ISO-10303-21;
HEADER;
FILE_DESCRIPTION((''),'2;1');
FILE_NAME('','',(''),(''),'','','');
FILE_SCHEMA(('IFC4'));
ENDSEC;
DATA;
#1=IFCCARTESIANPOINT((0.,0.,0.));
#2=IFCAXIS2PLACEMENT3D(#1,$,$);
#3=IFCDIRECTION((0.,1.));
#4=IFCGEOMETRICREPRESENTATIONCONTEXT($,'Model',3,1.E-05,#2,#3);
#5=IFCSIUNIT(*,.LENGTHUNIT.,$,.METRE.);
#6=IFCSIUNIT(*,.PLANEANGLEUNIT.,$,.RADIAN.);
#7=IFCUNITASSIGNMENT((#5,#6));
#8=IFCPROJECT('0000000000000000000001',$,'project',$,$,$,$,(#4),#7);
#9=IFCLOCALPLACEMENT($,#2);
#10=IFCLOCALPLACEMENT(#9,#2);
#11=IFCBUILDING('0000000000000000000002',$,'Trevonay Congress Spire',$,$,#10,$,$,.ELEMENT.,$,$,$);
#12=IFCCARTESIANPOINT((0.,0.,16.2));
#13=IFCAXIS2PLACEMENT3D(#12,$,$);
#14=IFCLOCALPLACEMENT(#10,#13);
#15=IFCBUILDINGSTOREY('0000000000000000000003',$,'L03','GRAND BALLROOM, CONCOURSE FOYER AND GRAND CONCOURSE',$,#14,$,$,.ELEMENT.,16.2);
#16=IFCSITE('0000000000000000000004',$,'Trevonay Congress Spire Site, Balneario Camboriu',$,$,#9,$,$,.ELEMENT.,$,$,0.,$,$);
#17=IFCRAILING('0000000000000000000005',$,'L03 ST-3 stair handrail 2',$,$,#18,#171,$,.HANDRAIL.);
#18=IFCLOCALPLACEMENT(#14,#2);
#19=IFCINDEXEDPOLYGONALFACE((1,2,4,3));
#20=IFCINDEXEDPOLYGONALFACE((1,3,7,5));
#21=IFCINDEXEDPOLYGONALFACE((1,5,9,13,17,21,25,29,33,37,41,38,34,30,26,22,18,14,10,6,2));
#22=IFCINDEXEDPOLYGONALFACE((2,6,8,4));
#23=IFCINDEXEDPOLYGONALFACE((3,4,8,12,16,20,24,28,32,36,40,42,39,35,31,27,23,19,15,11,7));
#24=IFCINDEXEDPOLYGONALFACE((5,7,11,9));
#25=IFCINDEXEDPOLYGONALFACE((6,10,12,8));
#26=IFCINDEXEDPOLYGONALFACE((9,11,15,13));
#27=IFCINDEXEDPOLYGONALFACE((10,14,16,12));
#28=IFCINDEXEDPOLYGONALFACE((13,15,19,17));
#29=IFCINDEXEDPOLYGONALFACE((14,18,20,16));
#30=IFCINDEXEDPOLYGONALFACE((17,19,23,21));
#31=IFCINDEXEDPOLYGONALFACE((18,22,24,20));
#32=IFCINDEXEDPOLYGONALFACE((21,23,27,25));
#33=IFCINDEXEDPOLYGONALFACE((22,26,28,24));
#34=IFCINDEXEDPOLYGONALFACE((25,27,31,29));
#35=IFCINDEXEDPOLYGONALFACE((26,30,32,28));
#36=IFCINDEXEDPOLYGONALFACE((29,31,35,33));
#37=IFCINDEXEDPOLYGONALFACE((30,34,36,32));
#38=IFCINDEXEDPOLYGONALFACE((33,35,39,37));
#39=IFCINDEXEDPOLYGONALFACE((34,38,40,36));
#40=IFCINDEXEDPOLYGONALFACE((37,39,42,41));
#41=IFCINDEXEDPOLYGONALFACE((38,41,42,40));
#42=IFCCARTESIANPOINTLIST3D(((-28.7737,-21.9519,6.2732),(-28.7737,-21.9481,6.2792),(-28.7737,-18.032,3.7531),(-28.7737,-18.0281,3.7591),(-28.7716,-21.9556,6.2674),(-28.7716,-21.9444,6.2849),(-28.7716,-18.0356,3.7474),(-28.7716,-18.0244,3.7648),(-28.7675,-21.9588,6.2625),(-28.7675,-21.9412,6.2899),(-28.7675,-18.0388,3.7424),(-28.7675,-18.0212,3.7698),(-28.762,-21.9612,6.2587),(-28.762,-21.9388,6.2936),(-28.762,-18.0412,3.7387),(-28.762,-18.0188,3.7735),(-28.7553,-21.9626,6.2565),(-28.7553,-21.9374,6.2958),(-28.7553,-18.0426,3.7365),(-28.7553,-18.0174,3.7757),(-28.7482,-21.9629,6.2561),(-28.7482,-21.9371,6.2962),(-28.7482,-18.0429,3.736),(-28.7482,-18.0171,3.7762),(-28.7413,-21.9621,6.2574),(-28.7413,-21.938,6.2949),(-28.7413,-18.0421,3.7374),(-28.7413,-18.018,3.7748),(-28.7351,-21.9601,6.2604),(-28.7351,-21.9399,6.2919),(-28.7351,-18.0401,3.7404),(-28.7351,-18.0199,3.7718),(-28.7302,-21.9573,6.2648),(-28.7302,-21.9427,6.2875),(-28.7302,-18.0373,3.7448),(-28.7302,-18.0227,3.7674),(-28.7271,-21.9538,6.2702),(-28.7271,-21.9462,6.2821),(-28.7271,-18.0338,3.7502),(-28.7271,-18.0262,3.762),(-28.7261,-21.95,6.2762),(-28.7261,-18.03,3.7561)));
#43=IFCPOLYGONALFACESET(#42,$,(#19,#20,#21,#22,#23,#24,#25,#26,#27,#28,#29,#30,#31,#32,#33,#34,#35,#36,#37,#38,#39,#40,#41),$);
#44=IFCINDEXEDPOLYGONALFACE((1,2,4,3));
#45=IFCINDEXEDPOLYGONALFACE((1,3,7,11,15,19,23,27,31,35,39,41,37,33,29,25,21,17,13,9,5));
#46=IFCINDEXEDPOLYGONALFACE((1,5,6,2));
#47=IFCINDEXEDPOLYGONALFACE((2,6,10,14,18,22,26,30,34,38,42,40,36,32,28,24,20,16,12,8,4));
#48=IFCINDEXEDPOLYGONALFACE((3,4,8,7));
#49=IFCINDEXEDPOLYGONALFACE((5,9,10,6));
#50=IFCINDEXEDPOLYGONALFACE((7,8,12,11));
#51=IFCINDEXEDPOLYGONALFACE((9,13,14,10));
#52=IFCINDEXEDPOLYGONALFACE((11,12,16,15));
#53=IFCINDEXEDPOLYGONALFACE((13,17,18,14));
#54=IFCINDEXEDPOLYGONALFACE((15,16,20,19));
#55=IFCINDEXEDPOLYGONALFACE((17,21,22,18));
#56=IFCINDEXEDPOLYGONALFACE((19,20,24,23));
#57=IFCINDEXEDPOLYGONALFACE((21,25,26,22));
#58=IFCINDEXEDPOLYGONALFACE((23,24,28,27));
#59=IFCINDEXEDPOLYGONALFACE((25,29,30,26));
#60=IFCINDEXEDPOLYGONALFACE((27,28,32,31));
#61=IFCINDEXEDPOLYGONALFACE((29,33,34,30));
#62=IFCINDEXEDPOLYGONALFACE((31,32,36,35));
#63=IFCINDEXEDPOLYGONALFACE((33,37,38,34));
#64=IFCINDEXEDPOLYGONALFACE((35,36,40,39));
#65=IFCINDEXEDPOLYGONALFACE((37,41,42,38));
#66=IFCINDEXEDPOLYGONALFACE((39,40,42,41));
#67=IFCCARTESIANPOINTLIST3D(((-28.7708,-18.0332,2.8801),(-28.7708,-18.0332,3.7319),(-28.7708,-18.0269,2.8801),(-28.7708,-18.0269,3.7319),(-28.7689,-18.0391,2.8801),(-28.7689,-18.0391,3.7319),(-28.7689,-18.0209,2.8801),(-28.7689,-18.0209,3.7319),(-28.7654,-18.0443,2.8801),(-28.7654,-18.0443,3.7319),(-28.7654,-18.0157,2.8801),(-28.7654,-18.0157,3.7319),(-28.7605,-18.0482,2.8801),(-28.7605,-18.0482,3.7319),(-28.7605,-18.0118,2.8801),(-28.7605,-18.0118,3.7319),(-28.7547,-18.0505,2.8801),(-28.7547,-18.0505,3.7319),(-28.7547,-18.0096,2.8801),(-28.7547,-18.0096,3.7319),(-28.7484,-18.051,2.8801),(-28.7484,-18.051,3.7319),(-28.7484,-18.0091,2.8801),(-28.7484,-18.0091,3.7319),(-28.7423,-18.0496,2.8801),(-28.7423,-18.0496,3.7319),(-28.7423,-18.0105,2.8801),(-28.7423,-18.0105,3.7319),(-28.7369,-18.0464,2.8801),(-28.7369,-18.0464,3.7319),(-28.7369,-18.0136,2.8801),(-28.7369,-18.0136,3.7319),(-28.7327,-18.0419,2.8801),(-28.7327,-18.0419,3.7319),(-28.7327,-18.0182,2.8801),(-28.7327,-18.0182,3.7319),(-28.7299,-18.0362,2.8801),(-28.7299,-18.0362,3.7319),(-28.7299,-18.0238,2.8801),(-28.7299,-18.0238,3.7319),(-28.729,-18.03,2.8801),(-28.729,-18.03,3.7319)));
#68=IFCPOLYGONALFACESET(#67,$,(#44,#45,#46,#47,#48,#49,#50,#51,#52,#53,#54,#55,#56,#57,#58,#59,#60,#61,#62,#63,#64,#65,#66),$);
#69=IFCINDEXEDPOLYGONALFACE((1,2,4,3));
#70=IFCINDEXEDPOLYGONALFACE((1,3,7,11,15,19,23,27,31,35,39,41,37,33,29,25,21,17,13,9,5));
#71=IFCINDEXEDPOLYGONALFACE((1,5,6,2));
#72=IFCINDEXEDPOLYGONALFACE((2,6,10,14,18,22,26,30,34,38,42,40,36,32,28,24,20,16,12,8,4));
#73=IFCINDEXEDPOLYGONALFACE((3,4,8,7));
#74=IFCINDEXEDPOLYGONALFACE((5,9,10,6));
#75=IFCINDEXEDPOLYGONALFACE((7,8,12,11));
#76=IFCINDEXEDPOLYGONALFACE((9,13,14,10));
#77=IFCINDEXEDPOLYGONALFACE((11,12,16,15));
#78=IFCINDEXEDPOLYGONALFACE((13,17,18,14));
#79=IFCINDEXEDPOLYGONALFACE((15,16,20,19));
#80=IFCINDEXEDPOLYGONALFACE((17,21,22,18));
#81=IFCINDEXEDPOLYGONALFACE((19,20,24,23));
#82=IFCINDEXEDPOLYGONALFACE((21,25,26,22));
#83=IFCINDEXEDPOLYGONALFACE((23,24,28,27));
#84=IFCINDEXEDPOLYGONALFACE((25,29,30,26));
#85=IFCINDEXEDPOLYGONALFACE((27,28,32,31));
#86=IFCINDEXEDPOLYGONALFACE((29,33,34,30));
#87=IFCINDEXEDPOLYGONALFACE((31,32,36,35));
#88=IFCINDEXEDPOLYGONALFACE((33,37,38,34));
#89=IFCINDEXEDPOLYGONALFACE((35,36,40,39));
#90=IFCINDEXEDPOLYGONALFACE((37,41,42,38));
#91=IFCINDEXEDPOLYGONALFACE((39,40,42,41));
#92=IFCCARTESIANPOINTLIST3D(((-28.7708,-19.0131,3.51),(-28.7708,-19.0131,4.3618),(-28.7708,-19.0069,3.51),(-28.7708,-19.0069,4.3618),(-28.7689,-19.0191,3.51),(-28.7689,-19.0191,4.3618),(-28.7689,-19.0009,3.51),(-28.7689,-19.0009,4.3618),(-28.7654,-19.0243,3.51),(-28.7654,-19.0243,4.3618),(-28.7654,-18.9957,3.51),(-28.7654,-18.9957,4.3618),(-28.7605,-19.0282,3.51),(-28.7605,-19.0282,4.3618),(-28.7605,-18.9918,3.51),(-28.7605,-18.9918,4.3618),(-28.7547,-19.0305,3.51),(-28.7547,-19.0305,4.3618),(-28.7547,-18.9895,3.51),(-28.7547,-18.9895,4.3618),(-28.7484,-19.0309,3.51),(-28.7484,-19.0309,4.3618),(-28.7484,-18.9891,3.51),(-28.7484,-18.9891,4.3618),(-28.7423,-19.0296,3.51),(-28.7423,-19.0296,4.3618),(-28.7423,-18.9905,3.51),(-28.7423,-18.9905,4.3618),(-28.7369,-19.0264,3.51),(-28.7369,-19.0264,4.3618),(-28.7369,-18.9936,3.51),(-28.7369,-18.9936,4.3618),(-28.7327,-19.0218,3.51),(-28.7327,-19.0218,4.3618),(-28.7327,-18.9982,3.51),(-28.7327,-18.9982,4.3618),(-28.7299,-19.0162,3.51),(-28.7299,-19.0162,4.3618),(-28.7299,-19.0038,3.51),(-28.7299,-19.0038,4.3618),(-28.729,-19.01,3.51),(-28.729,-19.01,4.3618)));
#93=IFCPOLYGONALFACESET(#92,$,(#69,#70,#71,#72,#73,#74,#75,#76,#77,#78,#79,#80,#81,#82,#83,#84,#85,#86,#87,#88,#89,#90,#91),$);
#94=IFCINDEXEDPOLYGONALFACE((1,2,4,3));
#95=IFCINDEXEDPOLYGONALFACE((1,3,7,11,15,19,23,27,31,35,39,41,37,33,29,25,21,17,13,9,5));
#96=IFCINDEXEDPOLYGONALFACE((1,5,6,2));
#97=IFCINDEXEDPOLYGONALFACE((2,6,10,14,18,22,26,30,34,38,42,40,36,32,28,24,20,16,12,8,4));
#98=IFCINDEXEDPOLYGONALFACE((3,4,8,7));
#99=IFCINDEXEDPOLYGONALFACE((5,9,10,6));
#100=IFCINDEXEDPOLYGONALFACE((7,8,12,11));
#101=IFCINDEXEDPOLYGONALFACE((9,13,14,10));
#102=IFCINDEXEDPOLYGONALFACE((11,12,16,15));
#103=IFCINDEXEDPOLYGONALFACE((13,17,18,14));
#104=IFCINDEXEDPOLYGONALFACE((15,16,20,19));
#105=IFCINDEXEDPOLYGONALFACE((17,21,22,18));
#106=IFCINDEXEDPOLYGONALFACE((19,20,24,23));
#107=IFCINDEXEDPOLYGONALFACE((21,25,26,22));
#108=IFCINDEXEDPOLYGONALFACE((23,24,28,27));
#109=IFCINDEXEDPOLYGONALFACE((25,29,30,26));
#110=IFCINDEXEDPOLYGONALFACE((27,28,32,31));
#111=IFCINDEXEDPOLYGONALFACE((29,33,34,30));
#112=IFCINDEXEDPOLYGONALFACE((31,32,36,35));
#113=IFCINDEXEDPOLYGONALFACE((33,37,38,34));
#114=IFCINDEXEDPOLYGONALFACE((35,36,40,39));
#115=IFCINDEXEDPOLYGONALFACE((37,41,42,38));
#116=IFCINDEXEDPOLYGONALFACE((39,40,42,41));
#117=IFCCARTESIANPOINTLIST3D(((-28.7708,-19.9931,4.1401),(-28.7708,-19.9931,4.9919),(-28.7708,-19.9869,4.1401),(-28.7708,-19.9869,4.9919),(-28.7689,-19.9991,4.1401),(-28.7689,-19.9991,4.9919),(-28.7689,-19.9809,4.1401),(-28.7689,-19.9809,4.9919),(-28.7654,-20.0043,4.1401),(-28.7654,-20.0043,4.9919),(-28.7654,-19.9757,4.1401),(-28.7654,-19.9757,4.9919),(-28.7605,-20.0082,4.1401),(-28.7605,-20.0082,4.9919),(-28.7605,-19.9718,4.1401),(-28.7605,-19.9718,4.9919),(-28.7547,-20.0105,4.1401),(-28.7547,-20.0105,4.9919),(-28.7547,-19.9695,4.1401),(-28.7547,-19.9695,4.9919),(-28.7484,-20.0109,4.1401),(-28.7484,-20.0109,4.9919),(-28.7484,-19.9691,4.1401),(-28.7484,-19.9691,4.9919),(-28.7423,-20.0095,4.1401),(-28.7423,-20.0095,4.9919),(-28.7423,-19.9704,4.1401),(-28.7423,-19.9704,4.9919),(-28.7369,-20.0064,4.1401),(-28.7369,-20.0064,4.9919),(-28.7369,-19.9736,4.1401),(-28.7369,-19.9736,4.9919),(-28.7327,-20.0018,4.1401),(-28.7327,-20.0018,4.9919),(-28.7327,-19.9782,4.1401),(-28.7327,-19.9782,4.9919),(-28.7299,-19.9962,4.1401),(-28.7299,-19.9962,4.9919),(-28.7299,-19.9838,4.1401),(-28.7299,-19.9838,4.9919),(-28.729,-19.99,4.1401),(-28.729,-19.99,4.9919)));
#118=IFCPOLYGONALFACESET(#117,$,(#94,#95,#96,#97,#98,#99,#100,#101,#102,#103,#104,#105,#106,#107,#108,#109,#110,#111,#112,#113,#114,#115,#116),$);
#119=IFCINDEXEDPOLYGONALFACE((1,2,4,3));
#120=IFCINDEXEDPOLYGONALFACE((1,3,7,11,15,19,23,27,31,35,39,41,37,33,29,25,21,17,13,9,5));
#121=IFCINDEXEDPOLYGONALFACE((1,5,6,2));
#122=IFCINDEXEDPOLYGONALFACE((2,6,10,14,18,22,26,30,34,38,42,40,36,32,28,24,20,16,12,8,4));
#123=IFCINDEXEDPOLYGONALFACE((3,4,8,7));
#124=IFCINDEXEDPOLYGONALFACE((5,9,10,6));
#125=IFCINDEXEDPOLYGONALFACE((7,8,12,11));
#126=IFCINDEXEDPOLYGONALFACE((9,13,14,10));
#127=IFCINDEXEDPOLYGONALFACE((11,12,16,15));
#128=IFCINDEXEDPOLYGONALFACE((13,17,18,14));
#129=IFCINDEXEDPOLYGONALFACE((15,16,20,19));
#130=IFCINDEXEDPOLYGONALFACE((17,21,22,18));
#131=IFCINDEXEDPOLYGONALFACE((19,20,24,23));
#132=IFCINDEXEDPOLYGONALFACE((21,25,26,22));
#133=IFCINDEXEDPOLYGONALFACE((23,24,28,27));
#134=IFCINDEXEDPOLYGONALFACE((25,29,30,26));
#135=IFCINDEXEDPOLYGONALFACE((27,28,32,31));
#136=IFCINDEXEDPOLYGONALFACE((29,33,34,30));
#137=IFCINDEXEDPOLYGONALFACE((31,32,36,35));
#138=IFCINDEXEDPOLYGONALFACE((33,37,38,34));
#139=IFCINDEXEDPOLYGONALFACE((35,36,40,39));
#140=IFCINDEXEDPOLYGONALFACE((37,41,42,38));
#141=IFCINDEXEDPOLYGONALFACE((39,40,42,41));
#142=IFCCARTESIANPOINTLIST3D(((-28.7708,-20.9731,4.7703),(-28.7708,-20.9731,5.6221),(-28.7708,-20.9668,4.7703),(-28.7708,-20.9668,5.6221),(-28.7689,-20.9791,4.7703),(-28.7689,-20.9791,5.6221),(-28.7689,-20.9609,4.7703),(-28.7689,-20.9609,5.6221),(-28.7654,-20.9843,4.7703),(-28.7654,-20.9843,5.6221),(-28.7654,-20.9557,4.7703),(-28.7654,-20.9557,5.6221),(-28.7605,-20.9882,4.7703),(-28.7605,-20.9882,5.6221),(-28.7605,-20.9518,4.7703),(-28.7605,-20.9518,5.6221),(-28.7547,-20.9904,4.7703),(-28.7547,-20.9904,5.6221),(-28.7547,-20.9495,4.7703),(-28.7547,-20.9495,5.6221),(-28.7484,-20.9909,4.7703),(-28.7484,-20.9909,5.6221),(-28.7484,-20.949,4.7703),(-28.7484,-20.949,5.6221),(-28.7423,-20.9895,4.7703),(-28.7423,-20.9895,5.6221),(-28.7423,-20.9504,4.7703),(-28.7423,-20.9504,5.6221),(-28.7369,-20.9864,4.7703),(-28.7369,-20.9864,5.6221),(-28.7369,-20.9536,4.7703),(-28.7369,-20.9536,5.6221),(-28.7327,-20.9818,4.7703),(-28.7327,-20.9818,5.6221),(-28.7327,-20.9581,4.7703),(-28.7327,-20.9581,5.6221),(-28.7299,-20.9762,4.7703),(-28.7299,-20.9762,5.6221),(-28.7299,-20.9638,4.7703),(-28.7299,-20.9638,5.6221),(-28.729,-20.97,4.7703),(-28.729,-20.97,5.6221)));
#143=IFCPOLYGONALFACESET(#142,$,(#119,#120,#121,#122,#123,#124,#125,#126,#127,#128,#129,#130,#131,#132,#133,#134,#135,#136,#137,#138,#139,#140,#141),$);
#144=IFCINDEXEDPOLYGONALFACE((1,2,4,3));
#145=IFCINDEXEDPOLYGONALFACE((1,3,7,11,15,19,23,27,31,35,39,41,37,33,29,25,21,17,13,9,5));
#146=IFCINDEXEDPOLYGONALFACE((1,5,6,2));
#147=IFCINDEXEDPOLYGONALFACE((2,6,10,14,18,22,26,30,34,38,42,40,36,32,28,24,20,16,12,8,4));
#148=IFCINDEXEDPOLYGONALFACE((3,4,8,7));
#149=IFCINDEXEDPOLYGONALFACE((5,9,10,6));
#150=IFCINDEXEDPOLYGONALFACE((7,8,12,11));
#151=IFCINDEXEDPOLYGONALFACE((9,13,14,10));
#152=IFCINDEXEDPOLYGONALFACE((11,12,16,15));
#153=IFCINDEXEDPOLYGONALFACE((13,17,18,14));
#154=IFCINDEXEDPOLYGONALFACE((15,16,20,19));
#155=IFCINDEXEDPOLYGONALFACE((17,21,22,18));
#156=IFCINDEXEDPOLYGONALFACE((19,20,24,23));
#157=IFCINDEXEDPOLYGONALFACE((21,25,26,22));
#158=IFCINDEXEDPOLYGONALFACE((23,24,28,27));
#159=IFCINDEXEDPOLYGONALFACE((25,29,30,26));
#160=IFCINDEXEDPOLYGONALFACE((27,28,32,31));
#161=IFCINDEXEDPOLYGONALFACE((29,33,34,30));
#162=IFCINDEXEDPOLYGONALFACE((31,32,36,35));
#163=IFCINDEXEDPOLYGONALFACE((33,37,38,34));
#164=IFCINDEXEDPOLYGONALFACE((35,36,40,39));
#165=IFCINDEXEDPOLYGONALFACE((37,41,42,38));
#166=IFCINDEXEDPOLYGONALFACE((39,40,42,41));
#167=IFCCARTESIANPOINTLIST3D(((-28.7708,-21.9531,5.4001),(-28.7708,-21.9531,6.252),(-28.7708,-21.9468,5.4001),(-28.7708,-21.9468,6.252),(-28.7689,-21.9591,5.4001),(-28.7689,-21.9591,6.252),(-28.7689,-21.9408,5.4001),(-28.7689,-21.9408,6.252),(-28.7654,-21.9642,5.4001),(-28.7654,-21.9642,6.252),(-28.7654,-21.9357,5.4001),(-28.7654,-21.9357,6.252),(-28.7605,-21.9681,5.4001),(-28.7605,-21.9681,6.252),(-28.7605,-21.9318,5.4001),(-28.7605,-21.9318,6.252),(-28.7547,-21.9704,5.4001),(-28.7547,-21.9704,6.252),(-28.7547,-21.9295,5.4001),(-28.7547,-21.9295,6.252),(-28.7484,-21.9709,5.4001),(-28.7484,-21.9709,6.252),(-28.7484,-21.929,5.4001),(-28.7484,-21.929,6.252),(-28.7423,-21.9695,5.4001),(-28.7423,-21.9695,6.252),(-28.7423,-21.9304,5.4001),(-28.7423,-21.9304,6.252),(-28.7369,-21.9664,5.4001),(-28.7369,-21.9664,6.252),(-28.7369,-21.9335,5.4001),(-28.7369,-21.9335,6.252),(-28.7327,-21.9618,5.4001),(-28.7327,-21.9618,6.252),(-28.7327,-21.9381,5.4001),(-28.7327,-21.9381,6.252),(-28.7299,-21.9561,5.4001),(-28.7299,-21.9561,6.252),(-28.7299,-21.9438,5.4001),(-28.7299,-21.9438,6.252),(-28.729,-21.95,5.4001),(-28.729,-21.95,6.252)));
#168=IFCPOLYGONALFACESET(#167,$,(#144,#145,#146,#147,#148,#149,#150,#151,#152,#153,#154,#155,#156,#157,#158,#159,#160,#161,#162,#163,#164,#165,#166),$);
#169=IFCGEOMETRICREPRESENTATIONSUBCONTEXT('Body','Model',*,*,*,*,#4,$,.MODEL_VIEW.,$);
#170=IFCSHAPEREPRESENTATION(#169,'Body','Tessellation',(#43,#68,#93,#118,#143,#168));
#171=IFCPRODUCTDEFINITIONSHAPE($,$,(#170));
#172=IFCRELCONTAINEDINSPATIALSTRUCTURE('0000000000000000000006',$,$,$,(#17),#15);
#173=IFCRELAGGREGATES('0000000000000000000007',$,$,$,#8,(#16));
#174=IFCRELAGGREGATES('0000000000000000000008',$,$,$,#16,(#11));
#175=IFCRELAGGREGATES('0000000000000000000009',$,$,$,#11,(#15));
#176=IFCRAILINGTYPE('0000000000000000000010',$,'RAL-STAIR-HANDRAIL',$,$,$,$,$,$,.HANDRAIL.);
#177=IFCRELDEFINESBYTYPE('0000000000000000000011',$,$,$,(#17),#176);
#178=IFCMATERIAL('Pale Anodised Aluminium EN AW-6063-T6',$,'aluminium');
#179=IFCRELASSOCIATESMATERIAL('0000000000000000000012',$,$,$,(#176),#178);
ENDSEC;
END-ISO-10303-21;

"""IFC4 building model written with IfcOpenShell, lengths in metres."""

from ifc_helpers import new_model, si_unit, direction, frame, origin, origin_2d, place, context, subcontext, project, spatial, circle, extrude, material, type_object, element, save


model = new_model("IFC4")

# Units and contexts
model_context = context("Model", 3, precision=1e-05, world=origin(), true_north=direction((0.0, 1.0)))
body_context = subcontext(model_context, "Body", "Model", "MODEL_VIEW")
ifc_project = project(units=[si_unit("LENGTHUNIT", "METRE"), si_unit("PLANEANGLEUNIT", "RADIAN")], contexts=[model_context])

# Site, building, storey
site_placement = place(None, origin())
site = spatial("IfcSite", under=ifc_project, at=site_placement, Name="Trevonay Congress Spire Site, Balneario Camboriu", CompositionType="ELEMENT", RefElevation=0.0)
building_placement = place(site_placement, origin())
building = spatial("IfcBuilding", under=site, at=building_placement, Name="Trevonay Congress Spire", CompositionType="ELEMENT")
storey_placement = place(building_placement, frame((0.0, 0.0, 16.2)))
storey = spatial("IfcBuildingStorey", under=building, at=storey_placement, Name="L03", Description="GRAND BALLROOM, CONCOURSE FOYER AND GRAND CONCOURSE", CompositionType="ELEMENT", Elevation=16.2)

# Shared definitions
ifc_material_1 = material(Name="Pale Anodised Aluminium EN AW-6063-T6", Category="aluminium")

# Railing
railing_type_1 = type_object("IfcRailingType", Name="RAL-STAIR-HANDRAIL", PredefinedType="HANDRAIL", material=ifc_material_1)
railing_1_placement = place(storey_placement, frame((-28.75, -18.03, 2.8801)))
element("IfcRailing", 1, at=railing_1_placement, inside=storey, type_object=railing_type_1, Name="L03 ST-3 stair handrail 2", PredefinedType="HANDRAIL", context=body_context, shape_type="SweptSolid", body=[
    extrude(circle(Radius=0.0239, at=origin_2d()), frame((0.0, 0.0, 0.876), z_axis=(0.0, -0.841172, 0.540768), x_axis=(1.0, 0.0, 0.0)), (0.0, 0.0, 1.0), 4.6602),
    extrude(circle(Radius=0.021, at=origin_2d()), origin(), (0.0, 0.0, 1.0), 0.8518),
    extrude(circle(Radius=0.021, at=origin_2d()), frame((0.0, -0.98, 0.6299)), (0.0, 0.0, 1.0), 0.8518),
    extrude(circle(Radius=0.021, at=origin_2d()), frame((0.0, -1.96, 1.26)), (0.0, 0.0, 1.0), 0.8518),
    extrude(circle(Radius=0.021, at=origin_2d()), frame((0.0, -2.9399, 1.8901)), (0.0, 0.0, 1.0), 0.8518),
    extrude(circle(Radius=0.021, at=origin_2d()), frame((0.0, -3.9199, 2.52)), (0.0, 0.0, 1.0), 0.8518),
])

save(model, "model.ifc")
